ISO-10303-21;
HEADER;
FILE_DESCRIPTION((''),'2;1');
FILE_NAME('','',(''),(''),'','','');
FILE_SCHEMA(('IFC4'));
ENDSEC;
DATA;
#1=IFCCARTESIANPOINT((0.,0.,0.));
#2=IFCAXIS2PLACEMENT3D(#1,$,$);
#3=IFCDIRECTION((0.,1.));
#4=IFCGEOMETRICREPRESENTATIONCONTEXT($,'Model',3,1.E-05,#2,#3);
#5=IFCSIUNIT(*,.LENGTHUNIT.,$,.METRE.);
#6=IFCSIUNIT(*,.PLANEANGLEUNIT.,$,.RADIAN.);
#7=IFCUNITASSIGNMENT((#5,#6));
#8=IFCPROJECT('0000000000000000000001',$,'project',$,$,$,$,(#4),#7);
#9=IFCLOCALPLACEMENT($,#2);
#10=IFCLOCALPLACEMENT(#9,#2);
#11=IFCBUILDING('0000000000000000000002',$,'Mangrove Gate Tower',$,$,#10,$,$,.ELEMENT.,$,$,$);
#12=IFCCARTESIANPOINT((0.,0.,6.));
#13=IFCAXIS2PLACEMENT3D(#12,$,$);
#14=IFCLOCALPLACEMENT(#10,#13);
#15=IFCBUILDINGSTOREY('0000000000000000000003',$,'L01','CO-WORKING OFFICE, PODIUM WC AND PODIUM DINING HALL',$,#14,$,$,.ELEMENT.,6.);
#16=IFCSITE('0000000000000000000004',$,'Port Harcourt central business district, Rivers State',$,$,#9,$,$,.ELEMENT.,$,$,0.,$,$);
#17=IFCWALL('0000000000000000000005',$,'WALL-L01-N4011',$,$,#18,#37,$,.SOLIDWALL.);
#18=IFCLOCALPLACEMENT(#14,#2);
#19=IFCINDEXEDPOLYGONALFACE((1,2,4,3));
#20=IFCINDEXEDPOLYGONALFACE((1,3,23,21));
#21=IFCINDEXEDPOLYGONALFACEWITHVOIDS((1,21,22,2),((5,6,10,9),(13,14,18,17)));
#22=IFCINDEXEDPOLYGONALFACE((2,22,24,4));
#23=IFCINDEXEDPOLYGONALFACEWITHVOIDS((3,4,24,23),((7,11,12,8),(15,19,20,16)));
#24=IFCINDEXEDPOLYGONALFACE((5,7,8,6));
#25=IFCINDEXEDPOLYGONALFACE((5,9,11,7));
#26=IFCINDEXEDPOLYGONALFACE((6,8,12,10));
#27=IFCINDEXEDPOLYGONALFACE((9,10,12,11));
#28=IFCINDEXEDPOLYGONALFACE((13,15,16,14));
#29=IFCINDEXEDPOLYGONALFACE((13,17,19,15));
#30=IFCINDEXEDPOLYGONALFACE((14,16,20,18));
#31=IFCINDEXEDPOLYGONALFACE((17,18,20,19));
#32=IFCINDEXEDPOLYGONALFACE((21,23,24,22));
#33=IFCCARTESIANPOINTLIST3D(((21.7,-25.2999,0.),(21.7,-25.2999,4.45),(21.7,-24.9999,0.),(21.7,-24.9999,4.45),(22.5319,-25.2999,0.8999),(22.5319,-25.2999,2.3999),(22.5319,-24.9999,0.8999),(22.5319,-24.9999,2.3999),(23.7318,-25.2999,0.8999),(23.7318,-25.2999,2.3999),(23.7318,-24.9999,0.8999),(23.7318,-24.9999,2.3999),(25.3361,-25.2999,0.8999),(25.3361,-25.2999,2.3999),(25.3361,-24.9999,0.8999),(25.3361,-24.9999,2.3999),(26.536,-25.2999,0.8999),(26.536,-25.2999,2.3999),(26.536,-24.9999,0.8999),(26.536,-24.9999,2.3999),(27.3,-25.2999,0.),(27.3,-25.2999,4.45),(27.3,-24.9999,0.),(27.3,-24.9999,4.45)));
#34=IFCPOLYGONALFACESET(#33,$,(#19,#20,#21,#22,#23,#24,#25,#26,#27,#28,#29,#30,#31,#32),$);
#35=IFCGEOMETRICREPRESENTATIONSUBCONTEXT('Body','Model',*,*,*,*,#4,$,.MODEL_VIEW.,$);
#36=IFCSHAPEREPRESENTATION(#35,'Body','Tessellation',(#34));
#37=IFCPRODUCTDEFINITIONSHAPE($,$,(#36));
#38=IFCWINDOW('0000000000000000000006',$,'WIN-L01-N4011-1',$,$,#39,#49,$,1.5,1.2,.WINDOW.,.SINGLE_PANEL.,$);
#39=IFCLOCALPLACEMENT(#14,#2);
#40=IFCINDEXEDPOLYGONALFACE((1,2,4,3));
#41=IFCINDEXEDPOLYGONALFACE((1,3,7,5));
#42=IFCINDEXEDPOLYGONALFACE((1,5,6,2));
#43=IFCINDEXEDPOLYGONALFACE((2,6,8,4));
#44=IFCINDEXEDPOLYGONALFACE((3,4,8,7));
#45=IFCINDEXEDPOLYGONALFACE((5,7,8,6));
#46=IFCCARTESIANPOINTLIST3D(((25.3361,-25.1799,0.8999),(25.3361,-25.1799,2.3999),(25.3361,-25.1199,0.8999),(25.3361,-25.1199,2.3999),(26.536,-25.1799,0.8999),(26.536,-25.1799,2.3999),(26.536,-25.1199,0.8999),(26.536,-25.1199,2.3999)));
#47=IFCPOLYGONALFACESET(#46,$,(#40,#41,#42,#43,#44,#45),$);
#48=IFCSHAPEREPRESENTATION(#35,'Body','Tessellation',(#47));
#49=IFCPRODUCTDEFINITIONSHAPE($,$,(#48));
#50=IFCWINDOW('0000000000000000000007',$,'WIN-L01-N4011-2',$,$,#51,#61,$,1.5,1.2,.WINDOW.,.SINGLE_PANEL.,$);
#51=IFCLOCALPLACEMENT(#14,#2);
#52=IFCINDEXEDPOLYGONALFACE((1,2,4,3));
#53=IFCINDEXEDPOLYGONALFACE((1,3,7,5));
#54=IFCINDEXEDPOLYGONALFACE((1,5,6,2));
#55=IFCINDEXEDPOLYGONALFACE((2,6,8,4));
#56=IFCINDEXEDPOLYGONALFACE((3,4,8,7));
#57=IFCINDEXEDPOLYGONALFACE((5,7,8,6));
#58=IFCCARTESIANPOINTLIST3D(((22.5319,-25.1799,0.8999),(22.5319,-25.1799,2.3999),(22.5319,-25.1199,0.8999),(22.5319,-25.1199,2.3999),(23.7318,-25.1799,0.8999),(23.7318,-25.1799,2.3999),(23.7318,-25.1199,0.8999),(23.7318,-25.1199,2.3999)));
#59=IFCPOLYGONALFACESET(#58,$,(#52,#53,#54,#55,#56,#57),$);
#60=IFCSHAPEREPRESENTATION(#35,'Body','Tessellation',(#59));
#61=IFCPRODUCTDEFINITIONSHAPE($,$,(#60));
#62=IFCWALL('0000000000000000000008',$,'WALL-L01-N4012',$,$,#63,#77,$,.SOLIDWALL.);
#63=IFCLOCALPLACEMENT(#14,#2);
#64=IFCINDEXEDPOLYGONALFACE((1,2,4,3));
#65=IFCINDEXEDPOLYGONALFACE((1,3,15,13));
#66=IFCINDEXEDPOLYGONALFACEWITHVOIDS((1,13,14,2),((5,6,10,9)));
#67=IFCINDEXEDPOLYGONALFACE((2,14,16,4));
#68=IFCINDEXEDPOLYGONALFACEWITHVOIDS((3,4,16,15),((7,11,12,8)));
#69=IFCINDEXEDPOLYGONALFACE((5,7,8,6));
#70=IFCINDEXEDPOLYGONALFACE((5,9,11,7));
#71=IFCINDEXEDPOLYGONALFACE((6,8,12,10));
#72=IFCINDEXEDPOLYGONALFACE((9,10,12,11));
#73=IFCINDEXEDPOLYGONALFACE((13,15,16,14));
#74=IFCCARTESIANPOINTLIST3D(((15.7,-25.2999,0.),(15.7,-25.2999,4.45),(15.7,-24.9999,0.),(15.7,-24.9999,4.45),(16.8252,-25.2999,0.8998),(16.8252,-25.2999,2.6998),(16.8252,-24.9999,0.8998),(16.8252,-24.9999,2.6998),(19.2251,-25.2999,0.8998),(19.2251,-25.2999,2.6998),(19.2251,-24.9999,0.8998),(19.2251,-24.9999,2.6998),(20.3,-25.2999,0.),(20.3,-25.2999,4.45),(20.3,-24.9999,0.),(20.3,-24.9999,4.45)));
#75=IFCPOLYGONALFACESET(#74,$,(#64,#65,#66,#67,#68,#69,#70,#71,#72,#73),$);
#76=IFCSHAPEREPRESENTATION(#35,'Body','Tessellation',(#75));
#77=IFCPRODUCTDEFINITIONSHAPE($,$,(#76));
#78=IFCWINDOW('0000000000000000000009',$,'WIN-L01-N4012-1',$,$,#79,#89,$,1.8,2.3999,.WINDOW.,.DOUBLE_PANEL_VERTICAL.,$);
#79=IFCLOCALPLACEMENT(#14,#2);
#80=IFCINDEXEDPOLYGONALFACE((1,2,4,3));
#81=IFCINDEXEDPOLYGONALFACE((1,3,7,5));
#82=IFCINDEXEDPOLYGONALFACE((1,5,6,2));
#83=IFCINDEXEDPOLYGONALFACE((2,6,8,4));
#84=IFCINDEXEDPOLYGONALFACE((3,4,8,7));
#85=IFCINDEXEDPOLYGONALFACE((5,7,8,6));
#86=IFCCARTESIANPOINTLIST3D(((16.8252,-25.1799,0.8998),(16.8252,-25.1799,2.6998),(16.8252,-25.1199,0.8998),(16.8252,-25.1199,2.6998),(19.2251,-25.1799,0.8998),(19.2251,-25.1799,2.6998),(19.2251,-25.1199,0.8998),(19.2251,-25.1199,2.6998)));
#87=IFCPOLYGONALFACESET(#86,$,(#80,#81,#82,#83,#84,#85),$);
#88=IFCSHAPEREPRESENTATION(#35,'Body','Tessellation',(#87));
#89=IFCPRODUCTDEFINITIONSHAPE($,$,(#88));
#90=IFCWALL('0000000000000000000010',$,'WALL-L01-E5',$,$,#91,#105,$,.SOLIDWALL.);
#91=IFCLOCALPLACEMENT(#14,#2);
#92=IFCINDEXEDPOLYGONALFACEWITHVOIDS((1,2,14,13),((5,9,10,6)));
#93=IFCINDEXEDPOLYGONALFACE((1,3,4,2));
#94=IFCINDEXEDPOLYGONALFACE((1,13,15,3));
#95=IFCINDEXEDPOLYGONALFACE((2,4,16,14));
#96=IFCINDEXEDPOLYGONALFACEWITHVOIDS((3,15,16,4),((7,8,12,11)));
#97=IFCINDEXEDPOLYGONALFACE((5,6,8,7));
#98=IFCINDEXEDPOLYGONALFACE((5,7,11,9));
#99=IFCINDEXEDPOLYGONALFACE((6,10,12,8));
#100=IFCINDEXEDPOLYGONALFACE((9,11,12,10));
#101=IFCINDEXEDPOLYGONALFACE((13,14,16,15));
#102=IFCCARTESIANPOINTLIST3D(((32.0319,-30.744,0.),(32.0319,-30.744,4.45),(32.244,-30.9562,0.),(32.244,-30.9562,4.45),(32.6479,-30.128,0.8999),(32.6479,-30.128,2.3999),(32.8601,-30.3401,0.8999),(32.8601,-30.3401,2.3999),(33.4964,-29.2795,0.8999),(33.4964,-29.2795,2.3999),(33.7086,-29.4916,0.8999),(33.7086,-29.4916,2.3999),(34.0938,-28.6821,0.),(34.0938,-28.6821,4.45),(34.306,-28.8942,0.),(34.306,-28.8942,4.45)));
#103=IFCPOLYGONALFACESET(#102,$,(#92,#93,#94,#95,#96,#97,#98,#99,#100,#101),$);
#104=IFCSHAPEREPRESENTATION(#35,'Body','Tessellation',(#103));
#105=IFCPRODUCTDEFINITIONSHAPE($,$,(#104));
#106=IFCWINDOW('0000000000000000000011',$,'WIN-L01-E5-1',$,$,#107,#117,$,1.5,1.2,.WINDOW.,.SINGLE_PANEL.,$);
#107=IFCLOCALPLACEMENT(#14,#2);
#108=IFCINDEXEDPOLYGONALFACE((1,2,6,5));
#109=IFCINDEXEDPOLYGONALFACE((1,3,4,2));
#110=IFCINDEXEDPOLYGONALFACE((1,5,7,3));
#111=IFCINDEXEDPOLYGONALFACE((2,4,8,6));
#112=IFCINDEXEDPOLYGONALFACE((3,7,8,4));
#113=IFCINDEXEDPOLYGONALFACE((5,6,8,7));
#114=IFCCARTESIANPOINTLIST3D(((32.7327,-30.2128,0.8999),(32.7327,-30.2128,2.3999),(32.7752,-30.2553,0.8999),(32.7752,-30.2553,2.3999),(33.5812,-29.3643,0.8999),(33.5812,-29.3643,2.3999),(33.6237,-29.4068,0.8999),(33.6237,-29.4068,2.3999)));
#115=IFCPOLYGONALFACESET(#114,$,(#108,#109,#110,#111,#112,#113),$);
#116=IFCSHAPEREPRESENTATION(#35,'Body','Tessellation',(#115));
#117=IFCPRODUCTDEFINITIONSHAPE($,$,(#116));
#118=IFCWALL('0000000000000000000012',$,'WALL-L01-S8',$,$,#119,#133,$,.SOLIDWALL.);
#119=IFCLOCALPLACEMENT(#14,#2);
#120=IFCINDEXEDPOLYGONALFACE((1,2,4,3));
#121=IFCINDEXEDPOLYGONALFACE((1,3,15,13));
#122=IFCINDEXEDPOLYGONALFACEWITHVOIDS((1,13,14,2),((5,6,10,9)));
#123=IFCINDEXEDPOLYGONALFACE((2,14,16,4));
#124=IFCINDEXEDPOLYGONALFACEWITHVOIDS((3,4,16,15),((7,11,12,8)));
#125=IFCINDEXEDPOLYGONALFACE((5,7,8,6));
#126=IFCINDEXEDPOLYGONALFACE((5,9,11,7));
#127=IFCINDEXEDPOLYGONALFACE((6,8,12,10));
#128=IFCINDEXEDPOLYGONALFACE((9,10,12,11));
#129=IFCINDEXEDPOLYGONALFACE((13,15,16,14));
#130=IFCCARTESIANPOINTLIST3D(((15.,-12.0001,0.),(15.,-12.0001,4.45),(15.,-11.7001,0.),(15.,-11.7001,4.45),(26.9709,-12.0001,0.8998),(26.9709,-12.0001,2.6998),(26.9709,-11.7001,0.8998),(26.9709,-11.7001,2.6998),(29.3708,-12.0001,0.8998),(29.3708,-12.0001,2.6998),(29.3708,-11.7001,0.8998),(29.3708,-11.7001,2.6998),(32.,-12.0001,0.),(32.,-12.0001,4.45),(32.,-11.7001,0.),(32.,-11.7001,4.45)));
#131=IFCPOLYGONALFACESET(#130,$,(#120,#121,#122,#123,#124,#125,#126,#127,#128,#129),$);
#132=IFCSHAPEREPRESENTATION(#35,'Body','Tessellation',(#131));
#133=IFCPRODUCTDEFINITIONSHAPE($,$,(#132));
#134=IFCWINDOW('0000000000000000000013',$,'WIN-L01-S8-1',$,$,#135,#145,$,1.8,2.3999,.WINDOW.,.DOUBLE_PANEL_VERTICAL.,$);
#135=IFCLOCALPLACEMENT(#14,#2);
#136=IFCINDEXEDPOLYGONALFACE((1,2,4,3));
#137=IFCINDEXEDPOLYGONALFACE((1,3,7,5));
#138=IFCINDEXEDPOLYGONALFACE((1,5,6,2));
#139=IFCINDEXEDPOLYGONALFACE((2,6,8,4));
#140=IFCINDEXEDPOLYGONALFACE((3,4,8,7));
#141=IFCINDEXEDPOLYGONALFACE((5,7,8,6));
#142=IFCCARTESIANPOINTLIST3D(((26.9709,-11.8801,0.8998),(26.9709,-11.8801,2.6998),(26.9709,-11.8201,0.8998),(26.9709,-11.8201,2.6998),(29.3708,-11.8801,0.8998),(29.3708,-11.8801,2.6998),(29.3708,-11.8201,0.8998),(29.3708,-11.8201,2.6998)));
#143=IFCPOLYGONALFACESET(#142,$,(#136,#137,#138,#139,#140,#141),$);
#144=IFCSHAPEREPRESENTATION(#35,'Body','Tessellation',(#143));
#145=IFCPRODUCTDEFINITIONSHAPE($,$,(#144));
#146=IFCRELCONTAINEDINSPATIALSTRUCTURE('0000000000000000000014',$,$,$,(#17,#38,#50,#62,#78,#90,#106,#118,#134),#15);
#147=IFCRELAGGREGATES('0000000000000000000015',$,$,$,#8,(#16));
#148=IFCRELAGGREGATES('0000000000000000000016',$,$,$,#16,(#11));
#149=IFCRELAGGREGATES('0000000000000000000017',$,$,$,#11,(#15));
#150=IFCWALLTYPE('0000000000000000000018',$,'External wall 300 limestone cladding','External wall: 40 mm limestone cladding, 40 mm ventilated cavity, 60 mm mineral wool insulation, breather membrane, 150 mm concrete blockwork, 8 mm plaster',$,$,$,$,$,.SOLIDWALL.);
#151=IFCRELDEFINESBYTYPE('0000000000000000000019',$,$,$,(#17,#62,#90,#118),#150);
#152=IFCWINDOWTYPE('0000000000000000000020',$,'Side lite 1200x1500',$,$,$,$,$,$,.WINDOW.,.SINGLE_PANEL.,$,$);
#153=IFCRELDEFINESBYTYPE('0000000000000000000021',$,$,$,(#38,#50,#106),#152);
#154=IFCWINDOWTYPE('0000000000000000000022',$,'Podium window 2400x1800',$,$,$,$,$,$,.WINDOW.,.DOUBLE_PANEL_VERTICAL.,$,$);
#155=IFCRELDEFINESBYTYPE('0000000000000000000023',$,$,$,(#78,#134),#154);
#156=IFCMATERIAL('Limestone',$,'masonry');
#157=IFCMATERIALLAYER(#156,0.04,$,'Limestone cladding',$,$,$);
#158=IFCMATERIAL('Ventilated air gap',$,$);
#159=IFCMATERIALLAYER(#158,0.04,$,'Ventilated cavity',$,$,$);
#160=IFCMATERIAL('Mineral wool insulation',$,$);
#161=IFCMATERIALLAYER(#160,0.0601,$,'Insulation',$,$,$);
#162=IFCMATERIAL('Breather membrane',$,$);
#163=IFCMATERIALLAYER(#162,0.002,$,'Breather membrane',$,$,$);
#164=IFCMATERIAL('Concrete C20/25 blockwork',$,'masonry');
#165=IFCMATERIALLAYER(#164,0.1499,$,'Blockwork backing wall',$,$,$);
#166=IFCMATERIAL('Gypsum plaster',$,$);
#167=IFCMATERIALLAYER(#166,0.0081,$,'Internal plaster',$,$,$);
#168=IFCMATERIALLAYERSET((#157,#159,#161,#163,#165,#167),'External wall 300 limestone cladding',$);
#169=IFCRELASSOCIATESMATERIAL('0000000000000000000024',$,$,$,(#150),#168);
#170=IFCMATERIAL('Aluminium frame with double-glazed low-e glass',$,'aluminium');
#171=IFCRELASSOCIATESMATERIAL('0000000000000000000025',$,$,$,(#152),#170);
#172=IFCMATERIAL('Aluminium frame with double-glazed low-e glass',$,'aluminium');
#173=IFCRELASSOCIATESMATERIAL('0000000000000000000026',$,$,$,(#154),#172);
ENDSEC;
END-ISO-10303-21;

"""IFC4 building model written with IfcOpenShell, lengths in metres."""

from ifc_helpers import new_model, si_unit, direction, frame, frame_2d, origin, place, context, subcontext, project, spatial, rectangle, extrude, material, layer, layer_set, type_object, element, fill, save


model = new_model("IFC4")

# Units and contexts
model_context = context("Model", 3, precision=1e-05, world=origin(), true_north=direction((0.0, 1.0)))
body_context = subcontext(model_context, "Body", "Model", "MODEL_VIEW")
ifc_project = project(units=[si_unit("LENGTHUNIT", "METRE"), si_unit("PLANEANGLEUNIT", "RADIAN")], contexts=[model_context])

# Site, building, storey
site_placement = place(None, origin())
site = spatial("IfcSite", under=ifc_project, at=site_placement, Name="Port Harcourt central business district, Rivers State", CompositionType="ELEMENT", RefElevation=0.0)
building_placement = place(site_placement, origin())
building = spatial("IfcBuilding", under=site, at=building_placement, Name="Mangrove Gate Tower", CompositionType="ELEMENT")
storey_placement = place(building_placement, frame((0.0, 0.0, 6.0)))
storey = spatial("IfcBuildingStorey", under=building, at=storey_placement, Name="L01", Description="CO-WORKING OFFICE, PODIUM WC AND PODIUM DINING HALL", CompositionType="ELEMENT", Elevation=6.0)

# Shared definitions
ifc_material_1 = material(Name="Limestone", Category="masonry")
ifc_layer_1 = layer(ifc_material_1, 0.04, Name="Limestone cladding")
ifc_material_2 = material(Name="Ventilated air gap")
ifc_layer_2 = layer(ifc_material_2, 0.04, Name="Ventilated cavity")
ifc_material_3 = material(Name="Mineral wool insulation")
ifc_layer_3 = layer(ifc_material_3, 0.0601, Name="Insulation")
ifc_material_4 = material(Name="Breather membrane")
ifc_layer_4 = layer(ifc_material_4, 0.002, Name="Breather membrane")
ifc_material_5 = material(Name="Concrete C20/25 blockwork", Category="masonry")
ifc_layer_5 = layer(ifc_material_5, 0.1499, Name="Blockwork backing wall")
ifc_material_6 = material(Name="Gypsum plaster")
ifc_layer_6 = layer(ifc_material_6, 0.0081, Name="Internal plaster")
ifc_layer_set_1 = layer_set([ifc_layer_1, ifc_layer_2, ifc_layer_3, ifc_layer_4, ifc_layer_5, ifc_layer_6], Name="External wall 300 limestone cladding")
wall_type_1 = type_object("IfcWallType", Name="External wall 300 limestone cladding", Description="External wall: 40 mm limestone cladding, 40 mm ventilated cavity, 60 mm mineral wool insulation, breather membrane, 150 mm concrete blockwork, 8 mm plaster", PredefinedType="SOLIDWALL", material=ifc_layer_set_1)

# Shared definitions
ifc_material_7 = material(Name="Aluminium frame with double-glazed low-e glass", Category="aluminium")
window_type_1 = type_object("IfcWindowType", Name="Side lite 1200x1500", PartitioningType="SINGLE_PANEL", PredefinedType="WINDOW", material=ifc_material_7)

# Wall, openings, windows
wall_1_placement = place(storey_placement, frame((27.3, -25.1499, 0.0), z_axis=(0.0, 0.0, 1.0), x_axis=(-1.0, 0.0, 0.0)))
wall_1 = element("IfcWall", 1, at=wall_1_placement, inside=storey, type_object=wall_type_1, Name="WALL-L01-N4011", PredefinedType="SOLIDWALL", context=body_context, shape_type="SweptSolid", body=[
    extrude(rectangle(XDim=5.6001, YDim=0.3, at=frame_2d((2.8, 0.0))), origin(), (0.0, 0.0, 1.0), 4.45),
])
opening_1_placement = place(wall_1_placement, frame((0.7639, 0.0, 0.8999)))
opening_1 = element("IfcOpeningElement", 2, at=opening_1_placement, cuts=wall_1, PredefinedType="OPENING", context=body_context, shape_type="SweptSolid", body=[
    extrude(rectangle(XDim=1.2, YDim=1.5, at=frame_2d((0.6001, 0.75))), frame((0.0, 0.1599, 0.0), z_axis=(0.0, -1.0, 0.0), x_axis=(1.0, 0.0, 0.0)), (0.0, 0.0, 1.0), 0.3201),
])
opening_2_placement = place(wall_1_placement, frame((3.5681, 0.0, 0.8999)))
opening_2 = element("IfcOpeningElement", 3, at=opening_2_placement, cuts=wall_1, PredefinedType="OPENING", context=body_context, shape_type="SweptSolid", body=[
    extrude(rectangle(XDim=1.2, YDim=1.5, at=frame_2d((0.6001, 0.75))), frame((0.0, 0.1599, 0.0), z_axis=(0.0, -1.0, 0.0), x_axis=(1.0, 0.0, 0.0)), (0.0, 0.0, 1.0), 0.3201),
])
window_1_placement = place(opening_1_placement, origin())
window_1 = element("IfcWindow", 4, at=window_1_placement, inside=storey, type_object=window_type_1, Name="WIN-L01-N4011-1", OverallHeight=1.5, OverallWidth=1.2, PartitioningType="SINGLE_PANEL", PredefinedType="WINDOW", context=body_context, shape_type="SweptSolid", body=[
    extrude(rectangle(XDim=1.2, YDim=1.5, at=frame_2d((0.6001, 0.75))), frame((0.0, 0.03, 0.0), z_axis=(0.0, -1.0, 0.0), x_axis=(1.0, 0.0, 0.0)), (0.0, 0.0, 1.0), 0.0601),
])
fill(opening_1, window_1)
window_2_placement = place(opening_2_placement, origin())
window_2 = element("IfcWindow", 5, at=window_2_placement, inside=storey, type_object=window_type_1, Name="WIN-L01-N4011-2", OverallHeight=1.5, OverallWidth=1.2, PartitioningType="SINGLE_PANEL", PredefinedType="WINDOW", context=body_context, shape_type="SweptSolid", body=[
    extrude(rectangle(XDim=1.2, YDim=1.5, at=frame_2d((0.6001, 0.75))), frame((0.0, 0.03, 0.0), z_axis=(0.0, -1.0, 0.0), x_axis=(1.0, 0.0, 0.0)), (0.0, 0.0, 1.0), 0.0601),
])
fill(opening_2, window_2)

# Walls, openings, windows
wall_2_placement = place(storey_placement, frame((20.3, -25.1499, 0.0), z_axis=(0.0, 0.0, 1.0), x_axis=(-1.0, 0.0, 0.0)))
wall_2 = element("IfcWall", 6, at=wall_2_placement, inside=storey, type_object=wall_type_1, Name="WALL-L01-N4012", PredefinedType="SOLIDWALL", context=body_context, shape_type="SweptSolid", body=[
    extrude(rectangle(XDim=4.6001, YDim=0.3, at=frame_2d((2.3, 0.0))), origin(), (0.0, 0.0, 1.0), 4.45),
])
opening_3_placement = place(wall_2_placement, frame((1.075, 0.0, 0.8999)))
opening_3 = element("IfcOpeningElement", 7, at=opening_3_placement, cuts=wall_2, PredefinedType="OPENING", context=body_context, shape_type="SweptSolid", body=[
    extrude(rectangle(XDim=2.3999, YDim=1.8, at=frame_2d((1.2, 0.8999))), frame((0.0, 0.1599, 0.0), z_axis=(0.0, -1.0, 0.0), x_axis=(1.0, 0.0, 0.0)), (0.0, 0.0, 1.0), 0.3201),
])
ifc_material_8 = material(Name="Aluminium frame with double-glazed low-e glass", Category="aluminium")
window_type_2 = type_object("IfcWindowType", Name="Podium window 2400x1800", PartitioningType="DOUBLE_PANEL_VERTICAL", PredefinedType="WINDOW", material=ifc_material_8)
window_3_placement = place(opening_3_placement, origin())
window_3 = element("IfcWindow", 8, at=window_3_placement, inside=storey, type_object=window_type_2, Name="WIN-L01-N4012-1", OverallHeight=1.8, OverallWidth=2.3999, PartitioningType="DOUBLE_PANEL_VERTICAL", PredefinedType="WINDOW", context=body_context, shape_type="SweptSolid", body=[
    extrude(rectangle(XDim=2.3999, YDim=1.8, at=frame_2d((1.2, 0.8999))), frame((0.0, 0.03, 0.0), z_axis=(0.0, -1.0, 0.0), x_axis=(1.0, 0.0, 0.0)), (0.0, 0.0, 1.0), 0.0601),
])
fill(opening_3, window_3)
wall_3_placement = place(storey_placement, frame((32.1379, -30.8501, 0.0), z_axis=(0.0, 0.0, 1.0), x_axis=(0.707107, 0.707107, 0.0)))
wall_3 = element("IfcWall", 9, at=wall_3_placement, inside=storey, type_object=wall_type_1, Name="WALL-L01-E5", PredefinedType="SOLIDWALL", context=body_context, shape_type="SweptSolid", body=[
    extrude(rectangle(XDim=2.916, YDim=0.3, at=frame_2d((1.458, 0.0))), origin(), (0.0, 0.0, 1.0), 4.45),
])
opening_4_placement = place(wall_3_placement, frame((0.8711, 0.0, 0.8999)))
opening_4 = element("IfcOpeningElement", 10, at=opening_4_placement, cuts=wall_3, PredefinedType="OPENING", context=body_context, shape_type="SweptSolid", body=[
    extrude(rectangle(XDim=1.2, YDim=1.5, at=frame_2d((0.6001, 0.75))), frame((0.0, 0.1599, 0.0), z_axis=(0.0, -1.0, 0.0), x_axis=(1.0, 0.0, 0.0)), (0.0, 0.0, 1.0), 0.3201),
])
window_4_placement = place(opening_4_placement, origin())
window_4 = element("IfcWindow", 11, at=window_4_placement, inside=storey, type_object=window_type_1, Name="WIN-L01-E5-1", OverallHeight=1.5, OverallWidth=1.2, PartitioningType="SINGLE_PANEL", PredefinedType="WINDOW", context=body_context, shape_type="SweptSolid", body=[
    extrude(rectangle(XDim=1.2, YDim=1.5, at=frame_2d((0.6001, 0.75))), frame((0.0, 0.03, 0.0), z_axis=(0.0, -1.0, 0.0), x_axis=(1.0, 0.0, 0.0)), (0.0, 0.0, 1.0), 0.0601),
])
fill(opening_4, window_4)
wall_4_placement = place(storey_placement, frame((15.0, -11.8501, 0.0), z_axis=(0.0, 0.0, 1.0), x_axis=(1.0, 0.0, 0.0)))
wall_4 = element("IfcWall", 12, at=wall_4_placement, inside=storey, type_object=wall_type_1, Name="WALL-L01-S8", PredefinedType="SOLIDWALL", context=body_context, shape_type="SweptSolid", body=[
    extrude(rectangle(XDim=17.0, YDim=0.3, at=frame_2d((8.5, 0.0))), origin(), (0.0, 0.0, 1.0), 4.45),
])
opening_5_placement = place(wall_4_placement, frame((11.9709, 0.0, 0.8999)))
opening_5 = element("IfcOpeningElement", 13, at=opening_5_placement, cuts=wall_4, PredefinedType="OPENING", context=body_context, shape_type="SweptSolid", body=[
    extrude(rectangle(XDim=2.3999, YDim=1.8, at=frame_2d((1.2, 0.8999))), frame((0.0, 0.1599, 0.0), z_axis=(0.0, -1.0, 0.0), x_axis=(1.0, 0.0, 0.0)), (0.0, 0.0, 1.0), 0.3201),
])
window_5_placement = place(opening_5_placement, origin())
window_5 = element("IfcWindow", 14, at=window_5_placement, inside=storey, type_object=window_type_2, Name="WIN-L01-S8-1", OverallHeight=1.8, OverallWidth=2.3999, PartitioningType="DOUBLE_PANEL_VERTICAL", PredefinedType="WINDOW", context=body_context, shape_type="SweptSolid", body=[
    extrude(rectangle(XDim=2.3999, YDim=1.8, at=frame_2d((1.2, 0.8999))), frame((0.0, 0.03, 0.0), z_axis=(0.0, -1.0, 0.0), x_axis=(1.0, 0.0, 0.0)), (0.0, 0.0, 1.0), 0.0601),
])
fill(opening_5, window_5)

save(model, "model.ifc")
